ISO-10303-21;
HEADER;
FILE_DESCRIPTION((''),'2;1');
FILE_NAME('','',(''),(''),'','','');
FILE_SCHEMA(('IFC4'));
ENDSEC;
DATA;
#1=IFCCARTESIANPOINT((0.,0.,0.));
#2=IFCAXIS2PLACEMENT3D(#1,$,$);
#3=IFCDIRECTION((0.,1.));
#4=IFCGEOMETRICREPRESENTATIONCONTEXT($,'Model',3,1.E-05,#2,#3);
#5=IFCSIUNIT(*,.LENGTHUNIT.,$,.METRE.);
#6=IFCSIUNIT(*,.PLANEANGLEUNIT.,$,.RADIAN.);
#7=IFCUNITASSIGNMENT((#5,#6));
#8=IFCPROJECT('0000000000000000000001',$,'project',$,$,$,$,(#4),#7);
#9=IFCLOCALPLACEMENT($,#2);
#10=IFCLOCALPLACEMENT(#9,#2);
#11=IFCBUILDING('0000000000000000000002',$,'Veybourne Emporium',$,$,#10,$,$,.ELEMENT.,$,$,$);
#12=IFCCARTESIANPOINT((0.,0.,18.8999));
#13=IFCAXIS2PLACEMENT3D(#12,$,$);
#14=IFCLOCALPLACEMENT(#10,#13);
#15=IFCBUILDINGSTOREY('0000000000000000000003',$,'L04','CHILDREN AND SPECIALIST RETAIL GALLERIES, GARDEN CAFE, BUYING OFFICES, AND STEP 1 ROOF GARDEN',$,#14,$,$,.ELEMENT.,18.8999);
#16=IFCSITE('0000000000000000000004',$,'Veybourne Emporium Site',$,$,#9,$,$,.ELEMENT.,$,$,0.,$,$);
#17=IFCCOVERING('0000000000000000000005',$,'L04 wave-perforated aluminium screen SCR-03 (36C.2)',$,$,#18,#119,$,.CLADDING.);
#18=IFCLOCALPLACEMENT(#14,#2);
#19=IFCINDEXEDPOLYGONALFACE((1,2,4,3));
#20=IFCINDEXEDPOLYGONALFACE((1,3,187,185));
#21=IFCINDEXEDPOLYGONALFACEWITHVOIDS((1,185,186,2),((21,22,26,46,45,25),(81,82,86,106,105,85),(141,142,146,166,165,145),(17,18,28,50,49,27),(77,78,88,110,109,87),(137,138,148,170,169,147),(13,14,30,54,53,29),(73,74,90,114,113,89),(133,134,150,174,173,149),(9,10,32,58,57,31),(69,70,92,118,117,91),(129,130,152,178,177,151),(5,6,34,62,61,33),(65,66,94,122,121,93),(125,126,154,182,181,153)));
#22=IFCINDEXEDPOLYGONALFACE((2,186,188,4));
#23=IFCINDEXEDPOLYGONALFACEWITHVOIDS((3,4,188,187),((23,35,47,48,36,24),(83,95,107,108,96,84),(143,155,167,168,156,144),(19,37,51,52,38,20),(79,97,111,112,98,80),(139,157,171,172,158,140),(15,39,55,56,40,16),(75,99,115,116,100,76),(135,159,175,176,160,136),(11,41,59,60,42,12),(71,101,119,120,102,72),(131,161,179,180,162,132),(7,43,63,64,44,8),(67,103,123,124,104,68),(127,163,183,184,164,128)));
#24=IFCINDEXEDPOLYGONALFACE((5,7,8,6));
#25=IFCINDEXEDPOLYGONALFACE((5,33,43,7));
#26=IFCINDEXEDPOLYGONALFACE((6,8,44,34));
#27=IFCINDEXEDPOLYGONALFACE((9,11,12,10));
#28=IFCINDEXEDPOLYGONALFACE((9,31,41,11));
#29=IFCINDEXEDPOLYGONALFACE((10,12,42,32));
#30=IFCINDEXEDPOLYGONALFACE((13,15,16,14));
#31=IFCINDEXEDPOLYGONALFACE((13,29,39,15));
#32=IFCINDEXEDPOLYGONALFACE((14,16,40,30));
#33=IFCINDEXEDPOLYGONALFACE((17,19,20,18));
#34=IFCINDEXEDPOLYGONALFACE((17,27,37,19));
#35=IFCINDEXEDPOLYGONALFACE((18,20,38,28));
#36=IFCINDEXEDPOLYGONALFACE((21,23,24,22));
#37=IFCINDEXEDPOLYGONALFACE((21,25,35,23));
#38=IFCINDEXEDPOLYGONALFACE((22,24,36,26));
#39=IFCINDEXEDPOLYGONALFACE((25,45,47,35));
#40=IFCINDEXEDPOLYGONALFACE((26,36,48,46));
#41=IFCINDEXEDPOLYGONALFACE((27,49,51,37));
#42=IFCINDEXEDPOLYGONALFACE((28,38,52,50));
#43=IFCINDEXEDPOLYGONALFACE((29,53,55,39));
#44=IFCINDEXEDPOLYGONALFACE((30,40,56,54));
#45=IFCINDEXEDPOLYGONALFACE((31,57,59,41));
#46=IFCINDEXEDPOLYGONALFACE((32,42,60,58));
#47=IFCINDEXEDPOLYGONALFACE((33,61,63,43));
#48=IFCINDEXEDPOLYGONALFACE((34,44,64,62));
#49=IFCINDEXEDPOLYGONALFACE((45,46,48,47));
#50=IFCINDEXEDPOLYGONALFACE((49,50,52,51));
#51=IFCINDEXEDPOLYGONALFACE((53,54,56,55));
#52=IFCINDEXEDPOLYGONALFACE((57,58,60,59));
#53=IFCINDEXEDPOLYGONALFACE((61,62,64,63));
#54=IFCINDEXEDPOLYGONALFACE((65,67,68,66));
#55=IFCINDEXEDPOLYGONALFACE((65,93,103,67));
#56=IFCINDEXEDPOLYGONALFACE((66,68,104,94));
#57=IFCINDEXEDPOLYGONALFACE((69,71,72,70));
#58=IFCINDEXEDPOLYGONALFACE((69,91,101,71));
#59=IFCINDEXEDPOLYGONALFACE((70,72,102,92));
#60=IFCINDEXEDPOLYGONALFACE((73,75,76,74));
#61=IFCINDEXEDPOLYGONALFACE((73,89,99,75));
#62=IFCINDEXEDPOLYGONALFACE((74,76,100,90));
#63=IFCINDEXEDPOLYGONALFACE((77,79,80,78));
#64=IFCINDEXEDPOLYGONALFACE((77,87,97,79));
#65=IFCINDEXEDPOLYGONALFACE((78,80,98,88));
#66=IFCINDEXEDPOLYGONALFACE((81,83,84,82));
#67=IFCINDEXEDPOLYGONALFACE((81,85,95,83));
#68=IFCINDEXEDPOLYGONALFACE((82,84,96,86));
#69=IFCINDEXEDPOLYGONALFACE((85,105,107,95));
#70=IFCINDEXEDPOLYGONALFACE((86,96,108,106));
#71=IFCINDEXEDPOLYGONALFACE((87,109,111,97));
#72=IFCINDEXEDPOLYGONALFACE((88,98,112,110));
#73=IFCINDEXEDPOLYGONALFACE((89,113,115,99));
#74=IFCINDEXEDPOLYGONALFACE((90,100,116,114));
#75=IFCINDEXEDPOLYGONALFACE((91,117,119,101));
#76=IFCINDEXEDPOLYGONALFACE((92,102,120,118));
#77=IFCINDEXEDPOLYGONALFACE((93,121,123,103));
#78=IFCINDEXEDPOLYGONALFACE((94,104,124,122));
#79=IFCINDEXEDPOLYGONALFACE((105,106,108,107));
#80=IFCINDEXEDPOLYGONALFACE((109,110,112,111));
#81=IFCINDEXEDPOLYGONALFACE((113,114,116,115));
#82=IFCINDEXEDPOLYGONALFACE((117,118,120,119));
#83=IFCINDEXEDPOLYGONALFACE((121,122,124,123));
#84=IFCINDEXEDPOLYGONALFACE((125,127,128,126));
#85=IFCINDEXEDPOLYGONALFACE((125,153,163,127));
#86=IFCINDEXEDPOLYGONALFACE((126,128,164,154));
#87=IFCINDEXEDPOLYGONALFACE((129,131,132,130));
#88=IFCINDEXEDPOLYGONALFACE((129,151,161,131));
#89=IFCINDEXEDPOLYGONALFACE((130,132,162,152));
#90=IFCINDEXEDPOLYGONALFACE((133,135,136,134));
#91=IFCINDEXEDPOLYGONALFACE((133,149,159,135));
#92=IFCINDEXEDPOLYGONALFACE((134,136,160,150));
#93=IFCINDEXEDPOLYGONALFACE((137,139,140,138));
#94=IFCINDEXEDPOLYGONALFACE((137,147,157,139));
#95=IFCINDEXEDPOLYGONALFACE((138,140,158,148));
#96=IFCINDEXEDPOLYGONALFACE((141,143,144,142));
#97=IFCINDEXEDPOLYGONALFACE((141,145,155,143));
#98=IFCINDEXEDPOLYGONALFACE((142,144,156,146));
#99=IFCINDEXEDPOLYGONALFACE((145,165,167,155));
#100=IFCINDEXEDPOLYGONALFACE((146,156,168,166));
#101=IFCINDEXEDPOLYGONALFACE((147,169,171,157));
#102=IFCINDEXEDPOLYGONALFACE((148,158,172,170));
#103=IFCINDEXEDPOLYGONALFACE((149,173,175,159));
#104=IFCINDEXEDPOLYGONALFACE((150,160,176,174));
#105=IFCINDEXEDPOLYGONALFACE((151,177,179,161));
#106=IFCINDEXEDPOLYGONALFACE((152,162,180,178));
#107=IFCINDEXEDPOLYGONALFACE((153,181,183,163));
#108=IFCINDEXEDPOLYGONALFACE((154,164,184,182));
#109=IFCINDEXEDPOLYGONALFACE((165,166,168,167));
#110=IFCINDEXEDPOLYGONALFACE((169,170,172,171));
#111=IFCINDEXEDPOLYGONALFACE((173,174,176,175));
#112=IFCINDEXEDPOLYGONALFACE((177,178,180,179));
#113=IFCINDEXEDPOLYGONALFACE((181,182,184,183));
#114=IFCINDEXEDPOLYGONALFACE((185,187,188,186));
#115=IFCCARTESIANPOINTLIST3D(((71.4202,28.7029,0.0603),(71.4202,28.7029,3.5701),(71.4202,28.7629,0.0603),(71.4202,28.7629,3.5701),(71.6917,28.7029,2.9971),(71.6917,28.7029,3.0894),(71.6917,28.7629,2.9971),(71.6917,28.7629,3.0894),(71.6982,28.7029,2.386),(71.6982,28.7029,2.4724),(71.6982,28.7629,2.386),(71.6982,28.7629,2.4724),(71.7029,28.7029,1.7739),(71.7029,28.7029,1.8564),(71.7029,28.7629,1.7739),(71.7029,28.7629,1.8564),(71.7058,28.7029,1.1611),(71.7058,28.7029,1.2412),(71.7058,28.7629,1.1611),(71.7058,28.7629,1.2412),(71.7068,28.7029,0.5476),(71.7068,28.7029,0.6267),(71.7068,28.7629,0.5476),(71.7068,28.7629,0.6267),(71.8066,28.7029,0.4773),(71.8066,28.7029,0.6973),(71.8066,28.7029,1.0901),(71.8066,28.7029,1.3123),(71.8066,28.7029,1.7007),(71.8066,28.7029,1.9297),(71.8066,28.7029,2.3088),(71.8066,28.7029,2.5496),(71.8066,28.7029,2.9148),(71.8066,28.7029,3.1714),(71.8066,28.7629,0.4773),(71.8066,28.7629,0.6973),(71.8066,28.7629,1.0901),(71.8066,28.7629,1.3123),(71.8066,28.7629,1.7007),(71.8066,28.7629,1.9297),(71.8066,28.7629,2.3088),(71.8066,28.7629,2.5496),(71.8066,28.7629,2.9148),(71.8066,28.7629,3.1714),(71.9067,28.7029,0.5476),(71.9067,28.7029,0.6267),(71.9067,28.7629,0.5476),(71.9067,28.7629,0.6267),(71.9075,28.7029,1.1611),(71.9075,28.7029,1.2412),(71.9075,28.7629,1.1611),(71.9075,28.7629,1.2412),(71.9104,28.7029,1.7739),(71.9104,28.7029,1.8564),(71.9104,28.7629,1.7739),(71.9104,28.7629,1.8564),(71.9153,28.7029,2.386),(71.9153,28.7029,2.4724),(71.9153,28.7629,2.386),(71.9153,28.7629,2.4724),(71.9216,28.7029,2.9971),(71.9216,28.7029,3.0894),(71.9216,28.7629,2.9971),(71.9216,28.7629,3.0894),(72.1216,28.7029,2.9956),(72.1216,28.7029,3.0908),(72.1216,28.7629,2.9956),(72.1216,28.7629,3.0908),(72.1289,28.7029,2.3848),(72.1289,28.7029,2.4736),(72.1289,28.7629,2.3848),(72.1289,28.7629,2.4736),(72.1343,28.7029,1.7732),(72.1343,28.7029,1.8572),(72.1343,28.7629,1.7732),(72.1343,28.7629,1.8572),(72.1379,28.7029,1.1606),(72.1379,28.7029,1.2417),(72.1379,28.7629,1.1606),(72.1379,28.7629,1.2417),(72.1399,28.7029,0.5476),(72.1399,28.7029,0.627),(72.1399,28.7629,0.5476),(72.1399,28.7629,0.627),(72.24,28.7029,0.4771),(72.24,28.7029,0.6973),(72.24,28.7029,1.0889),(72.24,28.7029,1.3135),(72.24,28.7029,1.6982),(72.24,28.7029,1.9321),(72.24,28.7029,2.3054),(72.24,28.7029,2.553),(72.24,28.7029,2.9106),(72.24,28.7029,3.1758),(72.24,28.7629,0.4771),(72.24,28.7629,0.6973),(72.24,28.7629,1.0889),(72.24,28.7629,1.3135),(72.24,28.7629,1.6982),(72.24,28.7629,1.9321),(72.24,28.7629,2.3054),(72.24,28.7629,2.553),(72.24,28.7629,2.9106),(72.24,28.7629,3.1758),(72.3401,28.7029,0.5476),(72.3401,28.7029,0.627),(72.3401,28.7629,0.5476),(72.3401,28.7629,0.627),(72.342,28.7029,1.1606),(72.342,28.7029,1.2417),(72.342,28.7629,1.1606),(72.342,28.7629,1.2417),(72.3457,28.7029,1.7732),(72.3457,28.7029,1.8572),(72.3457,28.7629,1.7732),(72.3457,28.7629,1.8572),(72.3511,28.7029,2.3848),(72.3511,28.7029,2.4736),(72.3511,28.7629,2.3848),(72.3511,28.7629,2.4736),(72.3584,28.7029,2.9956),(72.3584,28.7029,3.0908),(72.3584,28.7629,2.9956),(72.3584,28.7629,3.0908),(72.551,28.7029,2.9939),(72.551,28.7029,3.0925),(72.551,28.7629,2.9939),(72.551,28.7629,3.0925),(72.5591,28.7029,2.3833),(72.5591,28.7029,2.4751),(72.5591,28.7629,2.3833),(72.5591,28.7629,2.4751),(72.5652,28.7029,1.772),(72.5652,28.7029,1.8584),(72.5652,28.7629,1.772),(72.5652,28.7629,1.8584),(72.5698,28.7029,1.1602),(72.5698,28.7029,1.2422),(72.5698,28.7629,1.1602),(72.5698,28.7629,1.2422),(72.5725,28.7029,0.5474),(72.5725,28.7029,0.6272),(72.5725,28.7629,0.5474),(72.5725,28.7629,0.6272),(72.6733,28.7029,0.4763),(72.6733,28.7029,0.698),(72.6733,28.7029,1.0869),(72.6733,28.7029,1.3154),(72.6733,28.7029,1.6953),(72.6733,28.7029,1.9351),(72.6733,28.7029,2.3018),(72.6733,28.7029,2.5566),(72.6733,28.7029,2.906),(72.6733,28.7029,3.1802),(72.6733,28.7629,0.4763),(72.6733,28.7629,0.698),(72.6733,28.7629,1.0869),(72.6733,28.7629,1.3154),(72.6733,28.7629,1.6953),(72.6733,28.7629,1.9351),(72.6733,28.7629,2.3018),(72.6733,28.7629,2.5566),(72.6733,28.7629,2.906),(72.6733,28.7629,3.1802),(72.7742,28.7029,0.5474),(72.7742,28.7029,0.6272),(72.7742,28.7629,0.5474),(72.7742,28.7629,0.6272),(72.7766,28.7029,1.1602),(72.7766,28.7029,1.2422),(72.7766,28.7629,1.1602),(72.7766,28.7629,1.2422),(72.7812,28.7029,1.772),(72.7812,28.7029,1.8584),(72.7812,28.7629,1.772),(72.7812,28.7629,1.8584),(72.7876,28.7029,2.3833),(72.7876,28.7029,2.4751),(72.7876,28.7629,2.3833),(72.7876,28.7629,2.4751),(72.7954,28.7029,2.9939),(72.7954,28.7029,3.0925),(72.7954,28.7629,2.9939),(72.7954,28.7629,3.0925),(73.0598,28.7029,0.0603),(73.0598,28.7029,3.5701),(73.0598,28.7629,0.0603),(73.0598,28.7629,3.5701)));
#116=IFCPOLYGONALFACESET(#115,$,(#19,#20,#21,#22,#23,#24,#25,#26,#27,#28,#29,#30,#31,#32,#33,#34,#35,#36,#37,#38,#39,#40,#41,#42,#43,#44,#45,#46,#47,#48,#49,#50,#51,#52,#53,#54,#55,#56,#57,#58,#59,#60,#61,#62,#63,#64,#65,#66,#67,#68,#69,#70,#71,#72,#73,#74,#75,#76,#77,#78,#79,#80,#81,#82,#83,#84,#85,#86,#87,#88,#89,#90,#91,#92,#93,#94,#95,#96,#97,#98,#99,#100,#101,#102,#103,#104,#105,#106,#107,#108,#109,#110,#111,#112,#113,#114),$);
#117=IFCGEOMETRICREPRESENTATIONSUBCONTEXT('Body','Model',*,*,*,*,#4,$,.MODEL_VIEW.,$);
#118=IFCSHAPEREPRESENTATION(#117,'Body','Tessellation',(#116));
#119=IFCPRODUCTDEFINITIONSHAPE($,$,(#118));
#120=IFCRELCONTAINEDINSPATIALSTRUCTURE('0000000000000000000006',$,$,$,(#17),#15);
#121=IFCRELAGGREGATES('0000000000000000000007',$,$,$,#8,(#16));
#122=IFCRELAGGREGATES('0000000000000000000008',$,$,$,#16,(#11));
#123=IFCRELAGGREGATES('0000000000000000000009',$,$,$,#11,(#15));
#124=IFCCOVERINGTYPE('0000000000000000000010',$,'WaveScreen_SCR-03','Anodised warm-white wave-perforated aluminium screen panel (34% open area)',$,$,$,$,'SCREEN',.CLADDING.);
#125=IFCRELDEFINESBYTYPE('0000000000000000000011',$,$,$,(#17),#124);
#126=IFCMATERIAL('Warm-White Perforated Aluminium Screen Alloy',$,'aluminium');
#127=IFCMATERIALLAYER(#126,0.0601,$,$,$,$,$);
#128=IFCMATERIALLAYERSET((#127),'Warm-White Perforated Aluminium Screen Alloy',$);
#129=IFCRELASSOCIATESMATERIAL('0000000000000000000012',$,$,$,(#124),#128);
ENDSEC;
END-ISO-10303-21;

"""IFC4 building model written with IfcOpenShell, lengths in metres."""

from ifc_helpers import new_model, si_unit, direction, frame, origin, place, context, subcontext, project, spatial, polyline, outline, extrude, material, layer, layer_set, type_object, element, save


model = new_model("IFC4")

# Units and contexts
model_context = context("Model", 3, precision=1e-05, world=origin(), true_north=direction((0.0, 1.0)))
body_context = subcontext(model_context, "Body", "Model", "MODEL_VIEW")
ifc_project = project(units=[si_unit("LENGTHUNIT", "METRE"), si_unit("PLANEANGLEUNIT", "RADIAN")], contexts=[model_context])

# Site, building, storey
site_placement = place(None, origin())
site = spatial("IfcSite", under=ifc_project, at=site_placement, Name="Veybourne Emporium Site", CompositionType="ELEMENT", RefElevation=0.0)
building_placement = place(site_placement, origin())
building = spatial("IfcBuilding", under=site, at=building_placement, Name="Veybourne Emporium", CompositionType="ELEMENT")
storey_placement = place(building_placement, frame((0.0, 0.0, 18.8999)))
storey = spatial("IfcBuildingStorey", under=building, at=storey_placement, Name="L04", Description="CHILDREN AND SPECIALIST RETAIL GALLERIES, GARDEN CAFE, BUYING OFFICES, AND STEP 1 ROOF GARDEN", CompositionType="ELEMENT", Elevation=18.8999)

# Covering
ifc_material_1 = material(Name="Warm-White Perforated Aluminium Screen Alloy", Category="aluminium")
ifc_layer_1 = layer(ifc_material_1, 0.0601)
ifc_layer_set_1 = layer_set([ifc_layer_1], Name="Warm-White Perforated Aluminium Screen Alloy")
covering_type_1 = type_object("IfcCoveringType", Name="WaveScreen_SCR-03", Description="Anodised warm-white wave-perforated aluminium screen panel (34% open area)", ElementType="SCREEN", PredefinedType="CLADDING", material=ifc_layer_set_1)
covering_1_placement = place(storey_placement, frame((72.24, 28.7029, 1.8152), z_axis=(0.0, 1.0, 0.0), x_axis=(-1.0, 0.0, 0.0)))
element("IfcCovering", 1, at=covering_1_placement, inside=storey, type_object=covering_type_1, Name="L04 wave-perforated aluminium screen SCR-03 (36C.2)", PredefinedType="CLADDING", context=body_context, shape_type="SweptSolid", body=[
    extrude(outline(polyline([(-0.8198, -1.7549), (0.8198, -1.7549), (0.8198, 1.7549), (-0.8198, 1.7549), (-0.8198, -1.7549)]), holes=[polyline([(-0.4333, -1.1172), (-0.3325, -1.188), (-0.3325, -1.2678), (-0.4333, -1.3389), (-0.5342, -1.2678), (-0.5342, -1.188), (-0.4333, -1.1172)]), polyline([(-0.4333, -0.4998), (-0.3298, -0.573), (-0.3298, -0.655), (-0.4333, -0.7283), (-0.5366, -0.655), (-0.5366, -0.573), (-0.4333, -0.4998)]), polyline([(-0.4333, 0.1199), (-0.3252, 0.0432), (-0.3252, -0.0432), (-0.4333, -0.1199), (-0.5413, -0.0432), (-0.5413, 0.0432), (-0.4333, 0.1199)]), polyline([(-0.4333, 0.7415), (-0.3191, 0.6599), (-0.3191, 0.5681), (-0.4333, 0.4866), (-0.5476, 0.5681), (-0.5476, 0.6599), (-0.4333, 0.7415)]), polyline([(-0.4333, 1.365), (-0.311, 1.2773), (-0.311, 1.1787), (-0.4333, 1.0908), (-0.5554, 1.1787), (-0.5554, 1.2773), (-0.4333, 1.365)]), polyline([(0.0, -1.1179), (0.1001, -1.1882), (0.1001, -1.2676), (0.0, -1.3381), (-0.1001, -1.2676), (-0.1001, -1.1882), (0.0, -1.1179)]), polyline([(0.0, -0.5017), (0.1021, -0.5735), (0.1021, -0.6545), (0.0, -0.7263), (-0.1021, -0.6545), (-0.1021, -0.5735), (0.0, -0.5017)]), polyline([(0.0, 0.1169), (0.1057, 0.042), (0.1057, -0.042), (0.0, -0.1169), (-0.1057, -0.042), (-0.1057, 0.042), (0.0, 0.1169)]), polyline([(0.0, 0.7378), (0.1111, 0.6584), (0.1111, 0.5696), (0.0, 0.4902), (-0.1111, 0.5696), (-0.1111, 0.6584), (0.0, 0.7378)]), polyline([(0.0, 1.3606), (0.1184, 1.2756), (0.1184, 1.1804), (0.0, 1.0955), (-0.1184, 1.1804), (-0.1184, 1.2756), (0.0, 1.3606)]), polyline([(0.4333, -1.1179), (0.5332, -1.1885), (0.5332, -1.2676), (0.4333, -1.3379), (0.3333, -1.2676), (0.3333, -1.1885), (0.4333, -1.1179)]), polyline([(0.4333, -0.5029), (0.5342, -0.574), (0.5342, -0.6541), (0.4333, -0.7251), (0.3325, -0.6541), (0.3325, -0.574), (0.4333, -0.5029)]), polyline([(0.4333, 0.1145), (0.5371, 0.0413), (0.5371, -0.0413), (0.4333, -0.1145), (0.3296, -0.0413), (0.3296, 0.0413), (0.4333, 0.1145)]), polyline([(0.4333, 0.7344), (0.5417, 0.6572), (0.5417, 0.5708), (0.4333, 0.4937), (0.3247, 0.5708), (0.3247, 0.6572), (0.4333, 0.7344)]), polyline([(0.4333, 1.3562), (0.5483, 1.2742), (0.5483, 1.1819), (0.4333, 1.0996), (0.3184, 1.1819), (0.3184, 1.2742), (0.4333, 1.3562)])]), origin(), (0.0, 0.0, 1.0), 0.0601),
])

save(model, "model.ifc")
